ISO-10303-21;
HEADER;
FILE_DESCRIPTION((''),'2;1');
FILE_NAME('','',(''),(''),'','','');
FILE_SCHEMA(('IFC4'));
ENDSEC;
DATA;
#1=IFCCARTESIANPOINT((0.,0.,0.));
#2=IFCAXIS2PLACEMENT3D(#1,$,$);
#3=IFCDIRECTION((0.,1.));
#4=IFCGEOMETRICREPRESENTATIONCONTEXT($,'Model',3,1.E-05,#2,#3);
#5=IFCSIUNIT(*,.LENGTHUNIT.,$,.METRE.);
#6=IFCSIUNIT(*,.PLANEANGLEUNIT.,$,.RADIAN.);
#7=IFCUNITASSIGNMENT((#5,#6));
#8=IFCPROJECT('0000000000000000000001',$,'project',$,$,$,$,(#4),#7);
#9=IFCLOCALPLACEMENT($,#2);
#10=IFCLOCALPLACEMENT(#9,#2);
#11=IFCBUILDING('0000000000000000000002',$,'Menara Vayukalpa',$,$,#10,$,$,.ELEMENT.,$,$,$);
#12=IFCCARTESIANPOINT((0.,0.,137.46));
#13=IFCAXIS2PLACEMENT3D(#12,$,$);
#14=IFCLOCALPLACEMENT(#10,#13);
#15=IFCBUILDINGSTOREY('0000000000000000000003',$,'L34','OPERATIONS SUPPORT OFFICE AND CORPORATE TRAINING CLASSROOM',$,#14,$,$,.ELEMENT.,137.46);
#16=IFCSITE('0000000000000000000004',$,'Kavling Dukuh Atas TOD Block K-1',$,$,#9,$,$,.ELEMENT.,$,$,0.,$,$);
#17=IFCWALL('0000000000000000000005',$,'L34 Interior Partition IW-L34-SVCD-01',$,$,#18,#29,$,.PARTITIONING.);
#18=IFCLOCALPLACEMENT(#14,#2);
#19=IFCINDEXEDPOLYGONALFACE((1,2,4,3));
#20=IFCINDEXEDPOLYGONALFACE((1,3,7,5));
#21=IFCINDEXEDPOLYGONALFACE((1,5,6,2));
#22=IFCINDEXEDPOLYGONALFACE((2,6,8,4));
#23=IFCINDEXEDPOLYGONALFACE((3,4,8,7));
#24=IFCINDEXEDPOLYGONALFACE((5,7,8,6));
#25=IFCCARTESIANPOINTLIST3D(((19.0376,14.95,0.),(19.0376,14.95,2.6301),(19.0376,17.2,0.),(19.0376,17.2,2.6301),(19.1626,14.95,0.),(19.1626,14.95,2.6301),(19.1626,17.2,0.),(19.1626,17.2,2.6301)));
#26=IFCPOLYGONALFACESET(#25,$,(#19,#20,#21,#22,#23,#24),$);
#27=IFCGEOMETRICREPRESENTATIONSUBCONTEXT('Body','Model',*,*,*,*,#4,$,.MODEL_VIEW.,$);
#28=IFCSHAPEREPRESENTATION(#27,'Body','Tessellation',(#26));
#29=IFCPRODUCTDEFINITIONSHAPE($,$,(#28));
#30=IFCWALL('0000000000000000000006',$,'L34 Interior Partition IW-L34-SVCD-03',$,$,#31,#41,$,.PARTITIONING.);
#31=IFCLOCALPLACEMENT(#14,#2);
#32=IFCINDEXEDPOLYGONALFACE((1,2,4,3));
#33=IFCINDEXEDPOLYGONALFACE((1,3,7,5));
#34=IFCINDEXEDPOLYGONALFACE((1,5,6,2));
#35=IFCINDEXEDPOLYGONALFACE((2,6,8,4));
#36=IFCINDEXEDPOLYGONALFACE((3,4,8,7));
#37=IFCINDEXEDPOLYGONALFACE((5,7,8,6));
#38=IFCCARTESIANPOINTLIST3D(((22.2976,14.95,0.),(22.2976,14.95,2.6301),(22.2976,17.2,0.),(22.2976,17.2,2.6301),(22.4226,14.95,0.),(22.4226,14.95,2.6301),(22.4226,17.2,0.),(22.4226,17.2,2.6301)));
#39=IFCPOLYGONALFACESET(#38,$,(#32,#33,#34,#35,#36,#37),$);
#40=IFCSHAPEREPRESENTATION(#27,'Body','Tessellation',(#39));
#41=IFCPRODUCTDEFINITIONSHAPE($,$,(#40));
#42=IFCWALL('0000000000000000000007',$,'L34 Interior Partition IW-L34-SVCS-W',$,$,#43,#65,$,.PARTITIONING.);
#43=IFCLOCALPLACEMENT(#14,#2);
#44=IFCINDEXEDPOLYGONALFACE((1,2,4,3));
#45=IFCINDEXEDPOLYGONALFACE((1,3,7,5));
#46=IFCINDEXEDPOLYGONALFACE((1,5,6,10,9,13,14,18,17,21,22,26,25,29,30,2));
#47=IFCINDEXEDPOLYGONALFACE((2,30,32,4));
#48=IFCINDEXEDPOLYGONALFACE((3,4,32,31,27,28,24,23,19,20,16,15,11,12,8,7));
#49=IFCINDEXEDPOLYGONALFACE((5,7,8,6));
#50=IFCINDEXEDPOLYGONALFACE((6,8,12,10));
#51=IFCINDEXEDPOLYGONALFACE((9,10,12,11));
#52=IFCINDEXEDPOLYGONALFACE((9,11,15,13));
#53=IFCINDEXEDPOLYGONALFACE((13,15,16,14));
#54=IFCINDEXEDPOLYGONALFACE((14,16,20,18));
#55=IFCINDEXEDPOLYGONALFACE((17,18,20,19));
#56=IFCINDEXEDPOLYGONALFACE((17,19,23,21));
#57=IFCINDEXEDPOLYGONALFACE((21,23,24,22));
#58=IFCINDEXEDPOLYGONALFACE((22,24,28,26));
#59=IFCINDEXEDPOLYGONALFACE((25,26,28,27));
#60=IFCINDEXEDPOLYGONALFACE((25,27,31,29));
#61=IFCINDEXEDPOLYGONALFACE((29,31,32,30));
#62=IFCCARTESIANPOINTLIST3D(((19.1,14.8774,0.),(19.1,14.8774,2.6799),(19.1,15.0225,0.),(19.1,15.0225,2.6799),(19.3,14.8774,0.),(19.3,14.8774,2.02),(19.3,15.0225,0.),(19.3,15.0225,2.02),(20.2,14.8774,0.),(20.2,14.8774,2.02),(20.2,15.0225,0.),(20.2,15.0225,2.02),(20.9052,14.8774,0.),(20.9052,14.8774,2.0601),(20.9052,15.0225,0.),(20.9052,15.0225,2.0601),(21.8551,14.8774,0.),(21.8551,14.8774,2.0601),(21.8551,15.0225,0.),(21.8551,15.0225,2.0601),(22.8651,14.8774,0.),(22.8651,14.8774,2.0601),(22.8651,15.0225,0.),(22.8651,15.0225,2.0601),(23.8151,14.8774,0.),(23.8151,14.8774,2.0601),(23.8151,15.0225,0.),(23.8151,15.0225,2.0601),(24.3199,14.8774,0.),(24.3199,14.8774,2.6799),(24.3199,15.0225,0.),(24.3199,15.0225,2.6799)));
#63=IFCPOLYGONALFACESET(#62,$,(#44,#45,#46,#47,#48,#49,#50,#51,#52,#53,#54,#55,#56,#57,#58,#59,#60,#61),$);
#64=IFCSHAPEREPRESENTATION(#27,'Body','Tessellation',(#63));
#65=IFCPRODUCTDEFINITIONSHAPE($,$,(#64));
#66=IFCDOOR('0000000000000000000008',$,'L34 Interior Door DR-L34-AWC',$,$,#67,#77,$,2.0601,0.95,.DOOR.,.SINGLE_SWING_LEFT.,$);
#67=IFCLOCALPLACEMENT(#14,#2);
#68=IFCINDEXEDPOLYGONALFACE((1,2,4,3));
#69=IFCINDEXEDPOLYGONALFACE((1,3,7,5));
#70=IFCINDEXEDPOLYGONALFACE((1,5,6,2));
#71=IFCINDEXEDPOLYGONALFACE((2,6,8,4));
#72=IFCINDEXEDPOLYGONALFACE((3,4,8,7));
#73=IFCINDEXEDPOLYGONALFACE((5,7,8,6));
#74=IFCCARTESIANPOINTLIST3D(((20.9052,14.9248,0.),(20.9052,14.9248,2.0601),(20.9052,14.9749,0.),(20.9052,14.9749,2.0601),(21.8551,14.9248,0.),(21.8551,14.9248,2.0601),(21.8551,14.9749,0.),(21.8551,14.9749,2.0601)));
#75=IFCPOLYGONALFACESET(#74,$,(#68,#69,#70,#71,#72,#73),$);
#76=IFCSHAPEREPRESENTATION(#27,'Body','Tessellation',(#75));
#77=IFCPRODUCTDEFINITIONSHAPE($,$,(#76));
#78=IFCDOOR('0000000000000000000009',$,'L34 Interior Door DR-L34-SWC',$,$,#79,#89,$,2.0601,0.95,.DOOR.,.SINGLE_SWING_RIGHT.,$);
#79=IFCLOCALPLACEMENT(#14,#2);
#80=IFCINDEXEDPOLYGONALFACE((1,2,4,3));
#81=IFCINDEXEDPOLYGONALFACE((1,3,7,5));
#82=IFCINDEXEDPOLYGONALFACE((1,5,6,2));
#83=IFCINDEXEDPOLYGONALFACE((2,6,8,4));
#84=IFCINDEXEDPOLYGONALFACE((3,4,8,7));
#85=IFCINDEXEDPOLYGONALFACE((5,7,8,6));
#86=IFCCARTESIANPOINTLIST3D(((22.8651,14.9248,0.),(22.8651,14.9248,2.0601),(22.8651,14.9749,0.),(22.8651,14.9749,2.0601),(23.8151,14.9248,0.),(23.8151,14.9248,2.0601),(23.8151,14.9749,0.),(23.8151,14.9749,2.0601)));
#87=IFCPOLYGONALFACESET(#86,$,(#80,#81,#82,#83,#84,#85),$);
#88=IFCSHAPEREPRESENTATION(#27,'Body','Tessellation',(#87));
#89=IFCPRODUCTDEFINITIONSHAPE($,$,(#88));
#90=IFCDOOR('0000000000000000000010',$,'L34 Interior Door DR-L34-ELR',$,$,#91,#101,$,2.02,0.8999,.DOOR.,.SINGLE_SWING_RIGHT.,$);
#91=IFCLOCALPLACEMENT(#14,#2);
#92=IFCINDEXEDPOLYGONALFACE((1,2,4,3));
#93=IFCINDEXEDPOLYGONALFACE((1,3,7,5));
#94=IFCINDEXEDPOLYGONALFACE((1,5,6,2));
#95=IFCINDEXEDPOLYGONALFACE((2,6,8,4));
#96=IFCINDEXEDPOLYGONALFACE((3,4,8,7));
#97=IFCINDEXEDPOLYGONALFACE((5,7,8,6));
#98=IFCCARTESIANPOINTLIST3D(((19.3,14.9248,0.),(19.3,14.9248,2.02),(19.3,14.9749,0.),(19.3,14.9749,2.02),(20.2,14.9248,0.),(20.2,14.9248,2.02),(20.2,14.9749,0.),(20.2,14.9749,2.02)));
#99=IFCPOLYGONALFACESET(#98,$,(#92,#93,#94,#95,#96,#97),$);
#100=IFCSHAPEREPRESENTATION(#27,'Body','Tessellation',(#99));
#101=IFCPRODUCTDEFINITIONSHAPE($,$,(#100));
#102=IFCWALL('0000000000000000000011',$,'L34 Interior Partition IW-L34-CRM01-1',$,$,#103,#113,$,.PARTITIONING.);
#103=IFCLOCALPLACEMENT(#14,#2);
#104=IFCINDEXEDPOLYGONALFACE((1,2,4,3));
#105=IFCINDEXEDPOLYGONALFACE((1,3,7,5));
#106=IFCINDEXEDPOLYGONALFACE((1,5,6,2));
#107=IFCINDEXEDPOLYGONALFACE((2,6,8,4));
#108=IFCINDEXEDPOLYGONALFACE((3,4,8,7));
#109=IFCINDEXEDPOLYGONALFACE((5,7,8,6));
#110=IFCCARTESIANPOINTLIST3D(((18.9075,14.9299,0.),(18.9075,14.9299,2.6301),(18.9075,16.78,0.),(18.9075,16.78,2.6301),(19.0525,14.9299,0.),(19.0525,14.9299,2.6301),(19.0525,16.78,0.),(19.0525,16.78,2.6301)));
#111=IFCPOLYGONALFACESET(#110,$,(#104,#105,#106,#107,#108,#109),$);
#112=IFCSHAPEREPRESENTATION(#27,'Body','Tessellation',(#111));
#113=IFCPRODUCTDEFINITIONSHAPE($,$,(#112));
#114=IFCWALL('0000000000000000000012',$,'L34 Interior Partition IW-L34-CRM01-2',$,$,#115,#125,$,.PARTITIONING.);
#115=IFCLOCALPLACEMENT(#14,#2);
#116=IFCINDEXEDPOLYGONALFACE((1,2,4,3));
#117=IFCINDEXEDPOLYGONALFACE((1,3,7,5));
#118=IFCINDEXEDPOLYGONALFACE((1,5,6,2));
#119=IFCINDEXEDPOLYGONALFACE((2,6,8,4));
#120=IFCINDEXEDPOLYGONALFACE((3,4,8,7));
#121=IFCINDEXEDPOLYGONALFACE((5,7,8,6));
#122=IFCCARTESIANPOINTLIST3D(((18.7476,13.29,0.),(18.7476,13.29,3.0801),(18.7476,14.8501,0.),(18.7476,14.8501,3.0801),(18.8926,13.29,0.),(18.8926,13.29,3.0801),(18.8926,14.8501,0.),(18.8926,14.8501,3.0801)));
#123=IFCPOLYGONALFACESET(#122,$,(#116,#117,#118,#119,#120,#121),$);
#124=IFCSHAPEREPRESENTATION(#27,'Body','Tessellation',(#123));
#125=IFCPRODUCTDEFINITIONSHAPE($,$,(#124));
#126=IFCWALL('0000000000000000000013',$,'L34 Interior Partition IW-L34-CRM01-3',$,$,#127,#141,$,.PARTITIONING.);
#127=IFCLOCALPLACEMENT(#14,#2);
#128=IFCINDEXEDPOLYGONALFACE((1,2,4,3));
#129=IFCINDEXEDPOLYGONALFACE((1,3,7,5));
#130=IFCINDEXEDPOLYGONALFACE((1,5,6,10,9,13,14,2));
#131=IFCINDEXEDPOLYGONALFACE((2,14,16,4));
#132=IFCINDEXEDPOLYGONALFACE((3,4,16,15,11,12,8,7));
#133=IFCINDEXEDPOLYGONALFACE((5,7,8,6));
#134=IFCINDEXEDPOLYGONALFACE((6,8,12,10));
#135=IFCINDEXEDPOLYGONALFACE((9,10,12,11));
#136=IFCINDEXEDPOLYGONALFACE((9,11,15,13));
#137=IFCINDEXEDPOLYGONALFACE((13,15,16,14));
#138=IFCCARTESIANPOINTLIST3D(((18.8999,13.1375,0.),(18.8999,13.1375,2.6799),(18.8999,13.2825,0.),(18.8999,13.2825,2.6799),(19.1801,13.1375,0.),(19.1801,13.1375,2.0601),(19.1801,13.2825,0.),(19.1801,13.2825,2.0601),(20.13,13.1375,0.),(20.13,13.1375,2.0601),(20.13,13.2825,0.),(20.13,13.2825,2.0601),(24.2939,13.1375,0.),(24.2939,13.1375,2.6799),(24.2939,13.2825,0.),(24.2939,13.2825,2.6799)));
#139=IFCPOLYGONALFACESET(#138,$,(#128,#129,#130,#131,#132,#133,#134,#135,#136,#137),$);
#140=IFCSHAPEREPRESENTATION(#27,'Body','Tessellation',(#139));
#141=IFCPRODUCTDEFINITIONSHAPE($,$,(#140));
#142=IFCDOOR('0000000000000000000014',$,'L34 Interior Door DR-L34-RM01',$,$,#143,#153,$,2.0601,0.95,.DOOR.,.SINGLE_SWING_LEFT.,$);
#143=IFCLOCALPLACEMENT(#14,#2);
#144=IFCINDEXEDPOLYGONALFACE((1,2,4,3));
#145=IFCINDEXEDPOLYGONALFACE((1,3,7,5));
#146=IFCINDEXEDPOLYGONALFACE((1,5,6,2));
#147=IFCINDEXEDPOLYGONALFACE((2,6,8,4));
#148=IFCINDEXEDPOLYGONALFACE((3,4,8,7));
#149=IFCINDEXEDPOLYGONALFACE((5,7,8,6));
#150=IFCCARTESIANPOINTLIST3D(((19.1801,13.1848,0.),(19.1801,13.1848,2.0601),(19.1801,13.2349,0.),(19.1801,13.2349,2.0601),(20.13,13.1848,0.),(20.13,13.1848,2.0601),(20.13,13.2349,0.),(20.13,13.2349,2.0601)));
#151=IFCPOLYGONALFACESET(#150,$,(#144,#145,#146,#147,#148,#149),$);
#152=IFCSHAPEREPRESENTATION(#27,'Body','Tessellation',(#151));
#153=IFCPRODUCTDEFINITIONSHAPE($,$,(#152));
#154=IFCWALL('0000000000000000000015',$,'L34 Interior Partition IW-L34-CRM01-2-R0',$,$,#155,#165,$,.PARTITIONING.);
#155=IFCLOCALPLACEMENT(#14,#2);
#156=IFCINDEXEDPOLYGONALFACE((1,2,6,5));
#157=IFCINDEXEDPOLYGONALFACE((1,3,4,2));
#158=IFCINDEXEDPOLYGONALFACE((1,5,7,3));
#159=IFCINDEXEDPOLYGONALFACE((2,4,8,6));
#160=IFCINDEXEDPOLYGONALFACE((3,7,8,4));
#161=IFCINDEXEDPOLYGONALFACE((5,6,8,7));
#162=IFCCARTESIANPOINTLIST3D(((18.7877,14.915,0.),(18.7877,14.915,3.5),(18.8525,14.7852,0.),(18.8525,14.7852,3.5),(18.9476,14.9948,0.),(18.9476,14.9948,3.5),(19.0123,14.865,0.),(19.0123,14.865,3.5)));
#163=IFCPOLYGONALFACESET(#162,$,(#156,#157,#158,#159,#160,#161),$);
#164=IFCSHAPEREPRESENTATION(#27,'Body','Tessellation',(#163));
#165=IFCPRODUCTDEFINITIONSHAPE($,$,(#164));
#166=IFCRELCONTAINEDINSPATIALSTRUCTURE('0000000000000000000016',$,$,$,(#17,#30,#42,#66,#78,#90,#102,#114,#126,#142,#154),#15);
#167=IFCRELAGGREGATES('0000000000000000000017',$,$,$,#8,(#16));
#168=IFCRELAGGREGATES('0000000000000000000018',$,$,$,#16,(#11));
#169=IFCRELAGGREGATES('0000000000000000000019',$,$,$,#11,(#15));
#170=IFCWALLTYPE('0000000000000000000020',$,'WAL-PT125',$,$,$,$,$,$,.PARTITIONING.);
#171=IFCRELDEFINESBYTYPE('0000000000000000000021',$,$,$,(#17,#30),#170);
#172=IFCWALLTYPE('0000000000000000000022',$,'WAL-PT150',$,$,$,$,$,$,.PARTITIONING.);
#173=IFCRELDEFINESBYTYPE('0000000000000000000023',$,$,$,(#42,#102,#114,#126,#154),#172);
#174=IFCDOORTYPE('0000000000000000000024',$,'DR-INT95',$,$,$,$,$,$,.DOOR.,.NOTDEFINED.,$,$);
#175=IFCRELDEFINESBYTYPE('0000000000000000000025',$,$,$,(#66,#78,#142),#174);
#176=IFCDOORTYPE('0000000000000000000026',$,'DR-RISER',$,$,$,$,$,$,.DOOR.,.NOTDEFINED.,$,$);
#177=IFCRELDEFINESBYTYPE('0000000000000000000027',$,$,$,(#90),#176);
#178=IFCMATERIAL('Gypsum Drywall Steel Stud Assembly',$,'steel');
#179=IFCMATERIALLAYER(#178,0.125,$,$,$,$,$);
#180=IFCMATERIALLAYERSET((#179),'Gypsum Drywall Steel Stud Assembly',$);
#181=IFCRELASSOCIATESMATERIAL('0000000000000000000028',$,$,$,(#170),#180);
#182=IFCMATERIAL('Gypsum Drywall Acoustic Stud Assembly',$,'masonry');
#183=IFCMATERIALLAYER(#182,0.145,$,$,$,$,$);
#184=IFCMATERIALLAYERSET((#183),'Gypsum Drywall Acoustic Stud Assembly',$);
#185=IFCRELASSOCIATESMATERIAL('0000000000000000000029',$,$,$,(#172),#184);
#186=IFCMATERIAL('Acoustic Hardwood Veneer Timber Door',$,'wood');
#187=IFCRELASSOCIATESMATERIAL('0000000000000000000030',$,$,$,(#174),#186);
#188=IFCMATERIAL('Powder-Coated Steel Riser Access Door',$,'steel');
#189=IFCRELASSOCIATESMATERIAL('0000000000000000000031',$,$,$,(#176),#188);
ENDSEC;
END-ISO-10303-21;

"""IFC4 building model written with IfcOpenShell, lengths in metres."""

from ifc_helpers import new_model, si_unit, direction, frame, frame_2d, origin, place, context, subcontext, project, spatial, rectangle, extrude, material, layer, layer_set, type_object, element, fill, save


model = new_model("IFC4")

# Units and contexts
model_context = context("Model", 3, precision=1e-05, world=origin(), true_north=direction((0.0, 1.0)))
body_context = subcontext(model_context, "Body", "Model", "MODEL_VIEW")
ifc_project = project(units=[si_unit("LENGTHUNIT", "METRE"), si_unit("PLANEANGLEUNIT", "RADIAN")], contexts=[model_context])

# Site, building, storey
site_placement = place(None, origin())
site = spatial("IfcSite", under=ifc_project, at=site_placement, Name="Kavling Dukuh Atas TOD Block K-1", CompositionType="ELEMENT", RefElevation=0.0)
building_placement = place(site_placement, origin())
building = spatial("IfcBuilding", under=site, at=building_placement, Name="Menara Vayukalpa", CompositionType="ELEMENT")
storey_placement = place(building_placement, frame((0.0, 0.0, 137.46)))
storey = spatial("IfcBuildingStorey", under=building, at=storey_placement, Name="L34", Description="OPERATIONS SUPPORT OFFICE AND CORPORATE TRAINING CLASSROOM", CompositionType="ELEMENT", Elevation=137.46)

# Walls
ifc_material_1 = material(Name="Gypsum Drywall Steel Stud Assembly", Category="steel")
ifc_layer_1 = layer(ifc_material_1, 0.125)
ifc_layer_set_1 = layer_set([ifc_layer_1], Name="Gypsum Drywall Steel Stud Assembly")
wall_type_1 = type_object("IfcWallType", Name="WAL-PT125", PredefinedType="PARTITIONING", material=ifc_layer_set_1)
for number, where, z_axis, x_axis, name in (
    (1, (19.1001, 14.95, 0.0), (0.0, 0.0, 1.0), (0.0, 1.0, 0.0), "L34 Interior Partition IW-L34-SVCD-01"),
    (2, (22.3601, 14.95, 0.0), (0.0, 0.0, 1.0), (0.0, 1.0, 0.0), "L34 Interior Partition IW-L34-SVCD-03"),
):
    element("IfcWall", number, at=place(storey_placement, frame(where, z_axis=z_axis, x_axis=x_axis)), inside=storey, type_object=wall_type_1, Name=name, PredefinedType="PARTITIONING", context=body_context, shape_type="SweptSolid", body=[
        extrude(rectangle(XDim=2.25, YDim=0.125, at=frame_2d((1.125, 0.0))), origin(), (0.0, 0.0, 1.0), 2.6301),
    ])

# Wall, openings, doors
ifc_material_2 = material(Name="Gypsum Drywall Acoustic Stud Assembly", Category="masonry")
ifc_layer_2 = layer(ifc_material_2, 0.145)
ifc_layer_set_2 = layer_set([ifc_layer_2], Name="Gypsum Drywall Acoustic Stud Assembly")
wall_type_2 = type_object("IfcWallType", Name="WAL-PT150", PredefinedType="PARTITIONING", material=ifc_layer_set_2)
wall_1_placement = place(storey_placement, frame((19.1001, 14.95, 0.0), z_axis=(0.0, 0.0, 1.0), x_axis=(1.0, 0.0, 0.0)))
wall_1 = element("IfcWall", 3, at=wall_1_placement, inside=storey, type_object=wall_type_2, Name="L34 Interior Partition IW-L34-SVCS-W", PredefinedType="PARTITIONING", context=body_context, shape_type="SweptSolid", body=[
    extrude(rectangle(XDim=5.22, YDim=0.145, at=frame_2d((2.6099, 0.0))), origin(), (0.0, 0.0, 1.0), 2.6799),
])
opening_1_placement = place(wall_1_placement, frame((0.2, 0.0, 0.0)))
opening_1 = element("IfcOpeningElement", 4, at=opening_1_placement, cuts=wall_1, PredefinedType="OPENING", context=body_context, shape_type="SweptSolid", body=[
    extrude(rectangle(XDim=0.8999, YDim=2.02, at=frame_2d((0.45, 1.01))), frame((0.0, 0.0825, 0.0), z_axis=(0.0, -1.0, 0.0), x_axis=(1.0, 0.0, 0.0)), (0.0, 0.0, 1.0), 0.165),
])
opening_2_placement = place(wall_1_placement, frame((1.8049, 0.0, 0.0)))
opening_2 = element("IfcOpeningElement", 5, at=opening_2_placement, cuts=wall_1, PredefinedType="OPENING", context=body_context, shape_type="SweptSolid", body=[
    extrude(rectangle(XDim=0.95, YDim=2.0601, at=frame_2d((0.4751, 1.03))), frame((0.0, 0.0825, 0.0), z_axis=(0.0, -1.0, 0.0), x_axis=(1.0, 0.0, 0.0)), (0.0, 0.0, 1.0), 0.165),
])
opening_3_placement = place(wall_1_placement, frame((3.7649, 0.0, 0.0)))
opening_3 = element("IfcOpeningElement", 6, at=opening_3_placement, cuts=wall_1, PredefinedType="OPENING", context=body_context, shape_type="SweptSolid", body=[
    extrude(rectangle(XDim=0.95, YDim=2.0601, at=frame_2d((0.4751, 1.03))), frame((0.0, 0.0825, 0.0), z_axis=(0.0, -1.0, 0.0), x_axis=(1.0, 0.0, 0.0)), (0.0, 0.0, 1.0), 0.165),
])
ifc_material_3 = material(Name="Acoustic Hardwood Veneer Timber Door", Category="wood")
door_type_1 = type_object("IfcDoorType", Name="DR-INT95", OperationType="NOTDEFINED", PredefinedType="DOOR", material=ifc_material_3)
door_1_placement = place(opening_2_placement, origin())
door_1 = element("IfcDoor", 7, at=door_1_placement, inside=storey, type_object=door_type_1, Name="L34 Interior Door DR-L34-AWC", OperationType="SINGLE_SWING_LEFT", OverallHeight=2.0601, OverallWidth=0.95, PredefinedType="DOOR", context=body_context, shape_type="SweptSolid", body=[
    extrude(rectangle(XDim=0.95, YDim=2.0601, at=frame_2d((0.4751, 1.03))), frame((0.0, 0.0249, 0.0), z_axis=(0.0, -1.0, 0.0), x_axis=(1.0, 0.0, 0.0)), (0.0, 0.0, 1.0), 0.05),
])
fill(opening_2, door_1)
door_2_placement = place(opening_3_placement, origin())
door_2 = element("IfcDoor", 8, at=door_2_placement, inside=storey, type_object=door_type_1, Name="L34 Interior Door DR-L34-SWC", OperationType="SINGLE_SWING_RIGHT", OverallHeight=2.0601, OverallWidth=0.95, PredefinedType="DOOR", context=body_context, shape_type="SweptSolid", body=[
    extrude(rectangle(XDim=0.95, YDim=2.0601, at=frame_2d((0.4751, 1.03))), frame((0.0, 0.0249, 0.0), z_axis=(0.0, -1.0, 0.0), x_axis=(1.0, 0.0, 0.0)), (0.0, 0.0, 1.0), 0.05),
])
fill(opening_3, door_2)
ifc_material_4 = material(Name="Powder-Coated Steel Riser Access Door", Category="steel")
door_type_2 = type_object("IfcDoorType", Name="DR-RISER", OperationType="NOTDEFINED", PredefinedType="DOOR", material=ifc_material_4)
door_3_placement = place(opening_1_placement, origin())
door_3 = element("IfcDoor", 9, at=door_3_placement, inside=storey, type_object=door_type_2, Name="L34 Interior Door DR-L34-ELR", OperationType="SINGLE_SWING_RIGHT", OverallHeight=2.02, OverallWidth=0.8999, PredefinedType="DOOR", context=body_context, shape_type="SweptSolid", body=[
    extrude(rectangle(XDim=0.8999, YDim=2.02, at=frame_2d((0.45, 1.01))), frame((0.0, 0.0249, 0.0), z_axis=(0.0, -1.0, 0.0), x_axis=(1.0, 0.0, 0.0)), (0.0, 0.0, 1.0), 0.05),
])
fill(opening_1, door_3)

# Walls
wall_2_placement = place(storey_placement, frame((18.98, 16.78, 0.0), z_axis=(0.0, 0.0, 1.0), x_axis=(0.0, -1.0, 0.0)))
element("IfcWall", 10, at=wall_2_placement, inside=storey, type_object=wall_type_2, Name="L34 Interior Partition IW-L34-CRM01-1", PredefinedType="PARTITIONING", context=body_context, shape_type="SweptSolid", body=[
    extrude(rectangle(XDim=1.8501, YDim=0.145, at=frame_2d((0.925, 0.0))), origin(), (0.0, 0.0, 1.0), 2.6301),
])
wall_3_placement = place(storey_placement, frame((18.8201, 14.8501, 0.0), z_axis=(0.0, 0.0, 1.0), x_axis=(0.0, -1.0, 0.0)))
element("IfcWall", 11, at=wall_3_placement, inside=storey, type_object=wall_type_2, Name="L34 Interior Partition IW-L34-CRM01-2", PredefinedType="PARTITIONING", context=body_context, shape_type="SweptSolid", body=[
    extrude(rectangle(XDim=1.5601, YDim=0.145, at=frame_2d((0.78, 0.0))), origin(), (0.0, 0.0, 1.0), 3.0801),
])

# Wall, opening, door
wall_4_placement = place(storey_placement, frame((18.8999, 13.21, 0.0), z_axis=(0.0, 0.0, 1.0), x_axis=(1.0, 0.0, 0.0)))
wall_4 = element("IfcWall", 12, at=wall_4_placement, inside=storey, type_object=wall_type_2, Name="L34 Interior Partition IW-L34-CRM01-3", PredefinedType="PARTITIONING", context=body_context, shape_type="SweptSolid", body=[
    extrude(rectangle(XDim=5.394, YDim=0.145, at=frame_2d((2.697, 0.0))), origin(), (0.0, 0.0, 1.0), 2.6799),
])
opening_4_placement = place(wall_4_placement, frame((0.28, 0.0, 0.0)))
opening_4 = element("IfcOpeningElement", 13, at=opening_4_placement, cuts=wall_4, PredefinedType="OPENING", context=body_context, shape_type="SweptSolid", body=[
    extrude(rectangle(XDim=0.95, YDim=2.0601, at=frame_2d((0.4751, 1.03))), frame((0.0, 0.0825, 0.0), z_axis=(0.0, -1.0, 0.0), x_axis=(1.0, 0.0, 0.0)), (0.0, 0.0, 1.0), 0.165),
])
door_4_placement = place(opening_4_placement, origin())
door_4 = element("IfcDoor", 14, at=door_4_placement, inside=storey, type_object=door_type_1, Name="L34 Interior Door DR-L34-RM01", OperationType="SINGLE_SWING_LEFT", OverallHeight=2.0601, OverallWidth=0.95, PredefinedType="DOOR", context=body_context, shape_type="SweptSolid", body=[
    extrude(rectangle(XDim=0.95, YDim=2.0601, at=frame_2d((0.4751, 1.03))), frame((0.0, 0.0249, 0.0), z_axis=(0.0, -1.0, 0.0), x_axis=(1.0, 0.0, 0.0)), (0.0, 0.0, 1.0), 0.05),
])
fill(opening_4, door_4)

# Wall
wall_5_placement = place(storey_placement, frame((18.8201, 14.8501, 0.0), z_axis=(0.0, 0.0, 1.0), x_axis=(0.8947, 0.446667, 0.0)))
element("IfcWall", 15, at=wall_5_placement, inside=storey, type_object=wall_type_2, Name="L34 Interior Partition IW-L34-CRM01-2-R0", PredefinedType="PARTITIONING", context=body_context, shape_type="SweptSolid", body=[
    extrude(rectangle(XDim=0.1787, YDim=0.145, at=frame_2d((0.0894, 0.0))), origin(), (0.0, 0.0, 1.0), 3.5),
])

save(model, "model.ifc")
